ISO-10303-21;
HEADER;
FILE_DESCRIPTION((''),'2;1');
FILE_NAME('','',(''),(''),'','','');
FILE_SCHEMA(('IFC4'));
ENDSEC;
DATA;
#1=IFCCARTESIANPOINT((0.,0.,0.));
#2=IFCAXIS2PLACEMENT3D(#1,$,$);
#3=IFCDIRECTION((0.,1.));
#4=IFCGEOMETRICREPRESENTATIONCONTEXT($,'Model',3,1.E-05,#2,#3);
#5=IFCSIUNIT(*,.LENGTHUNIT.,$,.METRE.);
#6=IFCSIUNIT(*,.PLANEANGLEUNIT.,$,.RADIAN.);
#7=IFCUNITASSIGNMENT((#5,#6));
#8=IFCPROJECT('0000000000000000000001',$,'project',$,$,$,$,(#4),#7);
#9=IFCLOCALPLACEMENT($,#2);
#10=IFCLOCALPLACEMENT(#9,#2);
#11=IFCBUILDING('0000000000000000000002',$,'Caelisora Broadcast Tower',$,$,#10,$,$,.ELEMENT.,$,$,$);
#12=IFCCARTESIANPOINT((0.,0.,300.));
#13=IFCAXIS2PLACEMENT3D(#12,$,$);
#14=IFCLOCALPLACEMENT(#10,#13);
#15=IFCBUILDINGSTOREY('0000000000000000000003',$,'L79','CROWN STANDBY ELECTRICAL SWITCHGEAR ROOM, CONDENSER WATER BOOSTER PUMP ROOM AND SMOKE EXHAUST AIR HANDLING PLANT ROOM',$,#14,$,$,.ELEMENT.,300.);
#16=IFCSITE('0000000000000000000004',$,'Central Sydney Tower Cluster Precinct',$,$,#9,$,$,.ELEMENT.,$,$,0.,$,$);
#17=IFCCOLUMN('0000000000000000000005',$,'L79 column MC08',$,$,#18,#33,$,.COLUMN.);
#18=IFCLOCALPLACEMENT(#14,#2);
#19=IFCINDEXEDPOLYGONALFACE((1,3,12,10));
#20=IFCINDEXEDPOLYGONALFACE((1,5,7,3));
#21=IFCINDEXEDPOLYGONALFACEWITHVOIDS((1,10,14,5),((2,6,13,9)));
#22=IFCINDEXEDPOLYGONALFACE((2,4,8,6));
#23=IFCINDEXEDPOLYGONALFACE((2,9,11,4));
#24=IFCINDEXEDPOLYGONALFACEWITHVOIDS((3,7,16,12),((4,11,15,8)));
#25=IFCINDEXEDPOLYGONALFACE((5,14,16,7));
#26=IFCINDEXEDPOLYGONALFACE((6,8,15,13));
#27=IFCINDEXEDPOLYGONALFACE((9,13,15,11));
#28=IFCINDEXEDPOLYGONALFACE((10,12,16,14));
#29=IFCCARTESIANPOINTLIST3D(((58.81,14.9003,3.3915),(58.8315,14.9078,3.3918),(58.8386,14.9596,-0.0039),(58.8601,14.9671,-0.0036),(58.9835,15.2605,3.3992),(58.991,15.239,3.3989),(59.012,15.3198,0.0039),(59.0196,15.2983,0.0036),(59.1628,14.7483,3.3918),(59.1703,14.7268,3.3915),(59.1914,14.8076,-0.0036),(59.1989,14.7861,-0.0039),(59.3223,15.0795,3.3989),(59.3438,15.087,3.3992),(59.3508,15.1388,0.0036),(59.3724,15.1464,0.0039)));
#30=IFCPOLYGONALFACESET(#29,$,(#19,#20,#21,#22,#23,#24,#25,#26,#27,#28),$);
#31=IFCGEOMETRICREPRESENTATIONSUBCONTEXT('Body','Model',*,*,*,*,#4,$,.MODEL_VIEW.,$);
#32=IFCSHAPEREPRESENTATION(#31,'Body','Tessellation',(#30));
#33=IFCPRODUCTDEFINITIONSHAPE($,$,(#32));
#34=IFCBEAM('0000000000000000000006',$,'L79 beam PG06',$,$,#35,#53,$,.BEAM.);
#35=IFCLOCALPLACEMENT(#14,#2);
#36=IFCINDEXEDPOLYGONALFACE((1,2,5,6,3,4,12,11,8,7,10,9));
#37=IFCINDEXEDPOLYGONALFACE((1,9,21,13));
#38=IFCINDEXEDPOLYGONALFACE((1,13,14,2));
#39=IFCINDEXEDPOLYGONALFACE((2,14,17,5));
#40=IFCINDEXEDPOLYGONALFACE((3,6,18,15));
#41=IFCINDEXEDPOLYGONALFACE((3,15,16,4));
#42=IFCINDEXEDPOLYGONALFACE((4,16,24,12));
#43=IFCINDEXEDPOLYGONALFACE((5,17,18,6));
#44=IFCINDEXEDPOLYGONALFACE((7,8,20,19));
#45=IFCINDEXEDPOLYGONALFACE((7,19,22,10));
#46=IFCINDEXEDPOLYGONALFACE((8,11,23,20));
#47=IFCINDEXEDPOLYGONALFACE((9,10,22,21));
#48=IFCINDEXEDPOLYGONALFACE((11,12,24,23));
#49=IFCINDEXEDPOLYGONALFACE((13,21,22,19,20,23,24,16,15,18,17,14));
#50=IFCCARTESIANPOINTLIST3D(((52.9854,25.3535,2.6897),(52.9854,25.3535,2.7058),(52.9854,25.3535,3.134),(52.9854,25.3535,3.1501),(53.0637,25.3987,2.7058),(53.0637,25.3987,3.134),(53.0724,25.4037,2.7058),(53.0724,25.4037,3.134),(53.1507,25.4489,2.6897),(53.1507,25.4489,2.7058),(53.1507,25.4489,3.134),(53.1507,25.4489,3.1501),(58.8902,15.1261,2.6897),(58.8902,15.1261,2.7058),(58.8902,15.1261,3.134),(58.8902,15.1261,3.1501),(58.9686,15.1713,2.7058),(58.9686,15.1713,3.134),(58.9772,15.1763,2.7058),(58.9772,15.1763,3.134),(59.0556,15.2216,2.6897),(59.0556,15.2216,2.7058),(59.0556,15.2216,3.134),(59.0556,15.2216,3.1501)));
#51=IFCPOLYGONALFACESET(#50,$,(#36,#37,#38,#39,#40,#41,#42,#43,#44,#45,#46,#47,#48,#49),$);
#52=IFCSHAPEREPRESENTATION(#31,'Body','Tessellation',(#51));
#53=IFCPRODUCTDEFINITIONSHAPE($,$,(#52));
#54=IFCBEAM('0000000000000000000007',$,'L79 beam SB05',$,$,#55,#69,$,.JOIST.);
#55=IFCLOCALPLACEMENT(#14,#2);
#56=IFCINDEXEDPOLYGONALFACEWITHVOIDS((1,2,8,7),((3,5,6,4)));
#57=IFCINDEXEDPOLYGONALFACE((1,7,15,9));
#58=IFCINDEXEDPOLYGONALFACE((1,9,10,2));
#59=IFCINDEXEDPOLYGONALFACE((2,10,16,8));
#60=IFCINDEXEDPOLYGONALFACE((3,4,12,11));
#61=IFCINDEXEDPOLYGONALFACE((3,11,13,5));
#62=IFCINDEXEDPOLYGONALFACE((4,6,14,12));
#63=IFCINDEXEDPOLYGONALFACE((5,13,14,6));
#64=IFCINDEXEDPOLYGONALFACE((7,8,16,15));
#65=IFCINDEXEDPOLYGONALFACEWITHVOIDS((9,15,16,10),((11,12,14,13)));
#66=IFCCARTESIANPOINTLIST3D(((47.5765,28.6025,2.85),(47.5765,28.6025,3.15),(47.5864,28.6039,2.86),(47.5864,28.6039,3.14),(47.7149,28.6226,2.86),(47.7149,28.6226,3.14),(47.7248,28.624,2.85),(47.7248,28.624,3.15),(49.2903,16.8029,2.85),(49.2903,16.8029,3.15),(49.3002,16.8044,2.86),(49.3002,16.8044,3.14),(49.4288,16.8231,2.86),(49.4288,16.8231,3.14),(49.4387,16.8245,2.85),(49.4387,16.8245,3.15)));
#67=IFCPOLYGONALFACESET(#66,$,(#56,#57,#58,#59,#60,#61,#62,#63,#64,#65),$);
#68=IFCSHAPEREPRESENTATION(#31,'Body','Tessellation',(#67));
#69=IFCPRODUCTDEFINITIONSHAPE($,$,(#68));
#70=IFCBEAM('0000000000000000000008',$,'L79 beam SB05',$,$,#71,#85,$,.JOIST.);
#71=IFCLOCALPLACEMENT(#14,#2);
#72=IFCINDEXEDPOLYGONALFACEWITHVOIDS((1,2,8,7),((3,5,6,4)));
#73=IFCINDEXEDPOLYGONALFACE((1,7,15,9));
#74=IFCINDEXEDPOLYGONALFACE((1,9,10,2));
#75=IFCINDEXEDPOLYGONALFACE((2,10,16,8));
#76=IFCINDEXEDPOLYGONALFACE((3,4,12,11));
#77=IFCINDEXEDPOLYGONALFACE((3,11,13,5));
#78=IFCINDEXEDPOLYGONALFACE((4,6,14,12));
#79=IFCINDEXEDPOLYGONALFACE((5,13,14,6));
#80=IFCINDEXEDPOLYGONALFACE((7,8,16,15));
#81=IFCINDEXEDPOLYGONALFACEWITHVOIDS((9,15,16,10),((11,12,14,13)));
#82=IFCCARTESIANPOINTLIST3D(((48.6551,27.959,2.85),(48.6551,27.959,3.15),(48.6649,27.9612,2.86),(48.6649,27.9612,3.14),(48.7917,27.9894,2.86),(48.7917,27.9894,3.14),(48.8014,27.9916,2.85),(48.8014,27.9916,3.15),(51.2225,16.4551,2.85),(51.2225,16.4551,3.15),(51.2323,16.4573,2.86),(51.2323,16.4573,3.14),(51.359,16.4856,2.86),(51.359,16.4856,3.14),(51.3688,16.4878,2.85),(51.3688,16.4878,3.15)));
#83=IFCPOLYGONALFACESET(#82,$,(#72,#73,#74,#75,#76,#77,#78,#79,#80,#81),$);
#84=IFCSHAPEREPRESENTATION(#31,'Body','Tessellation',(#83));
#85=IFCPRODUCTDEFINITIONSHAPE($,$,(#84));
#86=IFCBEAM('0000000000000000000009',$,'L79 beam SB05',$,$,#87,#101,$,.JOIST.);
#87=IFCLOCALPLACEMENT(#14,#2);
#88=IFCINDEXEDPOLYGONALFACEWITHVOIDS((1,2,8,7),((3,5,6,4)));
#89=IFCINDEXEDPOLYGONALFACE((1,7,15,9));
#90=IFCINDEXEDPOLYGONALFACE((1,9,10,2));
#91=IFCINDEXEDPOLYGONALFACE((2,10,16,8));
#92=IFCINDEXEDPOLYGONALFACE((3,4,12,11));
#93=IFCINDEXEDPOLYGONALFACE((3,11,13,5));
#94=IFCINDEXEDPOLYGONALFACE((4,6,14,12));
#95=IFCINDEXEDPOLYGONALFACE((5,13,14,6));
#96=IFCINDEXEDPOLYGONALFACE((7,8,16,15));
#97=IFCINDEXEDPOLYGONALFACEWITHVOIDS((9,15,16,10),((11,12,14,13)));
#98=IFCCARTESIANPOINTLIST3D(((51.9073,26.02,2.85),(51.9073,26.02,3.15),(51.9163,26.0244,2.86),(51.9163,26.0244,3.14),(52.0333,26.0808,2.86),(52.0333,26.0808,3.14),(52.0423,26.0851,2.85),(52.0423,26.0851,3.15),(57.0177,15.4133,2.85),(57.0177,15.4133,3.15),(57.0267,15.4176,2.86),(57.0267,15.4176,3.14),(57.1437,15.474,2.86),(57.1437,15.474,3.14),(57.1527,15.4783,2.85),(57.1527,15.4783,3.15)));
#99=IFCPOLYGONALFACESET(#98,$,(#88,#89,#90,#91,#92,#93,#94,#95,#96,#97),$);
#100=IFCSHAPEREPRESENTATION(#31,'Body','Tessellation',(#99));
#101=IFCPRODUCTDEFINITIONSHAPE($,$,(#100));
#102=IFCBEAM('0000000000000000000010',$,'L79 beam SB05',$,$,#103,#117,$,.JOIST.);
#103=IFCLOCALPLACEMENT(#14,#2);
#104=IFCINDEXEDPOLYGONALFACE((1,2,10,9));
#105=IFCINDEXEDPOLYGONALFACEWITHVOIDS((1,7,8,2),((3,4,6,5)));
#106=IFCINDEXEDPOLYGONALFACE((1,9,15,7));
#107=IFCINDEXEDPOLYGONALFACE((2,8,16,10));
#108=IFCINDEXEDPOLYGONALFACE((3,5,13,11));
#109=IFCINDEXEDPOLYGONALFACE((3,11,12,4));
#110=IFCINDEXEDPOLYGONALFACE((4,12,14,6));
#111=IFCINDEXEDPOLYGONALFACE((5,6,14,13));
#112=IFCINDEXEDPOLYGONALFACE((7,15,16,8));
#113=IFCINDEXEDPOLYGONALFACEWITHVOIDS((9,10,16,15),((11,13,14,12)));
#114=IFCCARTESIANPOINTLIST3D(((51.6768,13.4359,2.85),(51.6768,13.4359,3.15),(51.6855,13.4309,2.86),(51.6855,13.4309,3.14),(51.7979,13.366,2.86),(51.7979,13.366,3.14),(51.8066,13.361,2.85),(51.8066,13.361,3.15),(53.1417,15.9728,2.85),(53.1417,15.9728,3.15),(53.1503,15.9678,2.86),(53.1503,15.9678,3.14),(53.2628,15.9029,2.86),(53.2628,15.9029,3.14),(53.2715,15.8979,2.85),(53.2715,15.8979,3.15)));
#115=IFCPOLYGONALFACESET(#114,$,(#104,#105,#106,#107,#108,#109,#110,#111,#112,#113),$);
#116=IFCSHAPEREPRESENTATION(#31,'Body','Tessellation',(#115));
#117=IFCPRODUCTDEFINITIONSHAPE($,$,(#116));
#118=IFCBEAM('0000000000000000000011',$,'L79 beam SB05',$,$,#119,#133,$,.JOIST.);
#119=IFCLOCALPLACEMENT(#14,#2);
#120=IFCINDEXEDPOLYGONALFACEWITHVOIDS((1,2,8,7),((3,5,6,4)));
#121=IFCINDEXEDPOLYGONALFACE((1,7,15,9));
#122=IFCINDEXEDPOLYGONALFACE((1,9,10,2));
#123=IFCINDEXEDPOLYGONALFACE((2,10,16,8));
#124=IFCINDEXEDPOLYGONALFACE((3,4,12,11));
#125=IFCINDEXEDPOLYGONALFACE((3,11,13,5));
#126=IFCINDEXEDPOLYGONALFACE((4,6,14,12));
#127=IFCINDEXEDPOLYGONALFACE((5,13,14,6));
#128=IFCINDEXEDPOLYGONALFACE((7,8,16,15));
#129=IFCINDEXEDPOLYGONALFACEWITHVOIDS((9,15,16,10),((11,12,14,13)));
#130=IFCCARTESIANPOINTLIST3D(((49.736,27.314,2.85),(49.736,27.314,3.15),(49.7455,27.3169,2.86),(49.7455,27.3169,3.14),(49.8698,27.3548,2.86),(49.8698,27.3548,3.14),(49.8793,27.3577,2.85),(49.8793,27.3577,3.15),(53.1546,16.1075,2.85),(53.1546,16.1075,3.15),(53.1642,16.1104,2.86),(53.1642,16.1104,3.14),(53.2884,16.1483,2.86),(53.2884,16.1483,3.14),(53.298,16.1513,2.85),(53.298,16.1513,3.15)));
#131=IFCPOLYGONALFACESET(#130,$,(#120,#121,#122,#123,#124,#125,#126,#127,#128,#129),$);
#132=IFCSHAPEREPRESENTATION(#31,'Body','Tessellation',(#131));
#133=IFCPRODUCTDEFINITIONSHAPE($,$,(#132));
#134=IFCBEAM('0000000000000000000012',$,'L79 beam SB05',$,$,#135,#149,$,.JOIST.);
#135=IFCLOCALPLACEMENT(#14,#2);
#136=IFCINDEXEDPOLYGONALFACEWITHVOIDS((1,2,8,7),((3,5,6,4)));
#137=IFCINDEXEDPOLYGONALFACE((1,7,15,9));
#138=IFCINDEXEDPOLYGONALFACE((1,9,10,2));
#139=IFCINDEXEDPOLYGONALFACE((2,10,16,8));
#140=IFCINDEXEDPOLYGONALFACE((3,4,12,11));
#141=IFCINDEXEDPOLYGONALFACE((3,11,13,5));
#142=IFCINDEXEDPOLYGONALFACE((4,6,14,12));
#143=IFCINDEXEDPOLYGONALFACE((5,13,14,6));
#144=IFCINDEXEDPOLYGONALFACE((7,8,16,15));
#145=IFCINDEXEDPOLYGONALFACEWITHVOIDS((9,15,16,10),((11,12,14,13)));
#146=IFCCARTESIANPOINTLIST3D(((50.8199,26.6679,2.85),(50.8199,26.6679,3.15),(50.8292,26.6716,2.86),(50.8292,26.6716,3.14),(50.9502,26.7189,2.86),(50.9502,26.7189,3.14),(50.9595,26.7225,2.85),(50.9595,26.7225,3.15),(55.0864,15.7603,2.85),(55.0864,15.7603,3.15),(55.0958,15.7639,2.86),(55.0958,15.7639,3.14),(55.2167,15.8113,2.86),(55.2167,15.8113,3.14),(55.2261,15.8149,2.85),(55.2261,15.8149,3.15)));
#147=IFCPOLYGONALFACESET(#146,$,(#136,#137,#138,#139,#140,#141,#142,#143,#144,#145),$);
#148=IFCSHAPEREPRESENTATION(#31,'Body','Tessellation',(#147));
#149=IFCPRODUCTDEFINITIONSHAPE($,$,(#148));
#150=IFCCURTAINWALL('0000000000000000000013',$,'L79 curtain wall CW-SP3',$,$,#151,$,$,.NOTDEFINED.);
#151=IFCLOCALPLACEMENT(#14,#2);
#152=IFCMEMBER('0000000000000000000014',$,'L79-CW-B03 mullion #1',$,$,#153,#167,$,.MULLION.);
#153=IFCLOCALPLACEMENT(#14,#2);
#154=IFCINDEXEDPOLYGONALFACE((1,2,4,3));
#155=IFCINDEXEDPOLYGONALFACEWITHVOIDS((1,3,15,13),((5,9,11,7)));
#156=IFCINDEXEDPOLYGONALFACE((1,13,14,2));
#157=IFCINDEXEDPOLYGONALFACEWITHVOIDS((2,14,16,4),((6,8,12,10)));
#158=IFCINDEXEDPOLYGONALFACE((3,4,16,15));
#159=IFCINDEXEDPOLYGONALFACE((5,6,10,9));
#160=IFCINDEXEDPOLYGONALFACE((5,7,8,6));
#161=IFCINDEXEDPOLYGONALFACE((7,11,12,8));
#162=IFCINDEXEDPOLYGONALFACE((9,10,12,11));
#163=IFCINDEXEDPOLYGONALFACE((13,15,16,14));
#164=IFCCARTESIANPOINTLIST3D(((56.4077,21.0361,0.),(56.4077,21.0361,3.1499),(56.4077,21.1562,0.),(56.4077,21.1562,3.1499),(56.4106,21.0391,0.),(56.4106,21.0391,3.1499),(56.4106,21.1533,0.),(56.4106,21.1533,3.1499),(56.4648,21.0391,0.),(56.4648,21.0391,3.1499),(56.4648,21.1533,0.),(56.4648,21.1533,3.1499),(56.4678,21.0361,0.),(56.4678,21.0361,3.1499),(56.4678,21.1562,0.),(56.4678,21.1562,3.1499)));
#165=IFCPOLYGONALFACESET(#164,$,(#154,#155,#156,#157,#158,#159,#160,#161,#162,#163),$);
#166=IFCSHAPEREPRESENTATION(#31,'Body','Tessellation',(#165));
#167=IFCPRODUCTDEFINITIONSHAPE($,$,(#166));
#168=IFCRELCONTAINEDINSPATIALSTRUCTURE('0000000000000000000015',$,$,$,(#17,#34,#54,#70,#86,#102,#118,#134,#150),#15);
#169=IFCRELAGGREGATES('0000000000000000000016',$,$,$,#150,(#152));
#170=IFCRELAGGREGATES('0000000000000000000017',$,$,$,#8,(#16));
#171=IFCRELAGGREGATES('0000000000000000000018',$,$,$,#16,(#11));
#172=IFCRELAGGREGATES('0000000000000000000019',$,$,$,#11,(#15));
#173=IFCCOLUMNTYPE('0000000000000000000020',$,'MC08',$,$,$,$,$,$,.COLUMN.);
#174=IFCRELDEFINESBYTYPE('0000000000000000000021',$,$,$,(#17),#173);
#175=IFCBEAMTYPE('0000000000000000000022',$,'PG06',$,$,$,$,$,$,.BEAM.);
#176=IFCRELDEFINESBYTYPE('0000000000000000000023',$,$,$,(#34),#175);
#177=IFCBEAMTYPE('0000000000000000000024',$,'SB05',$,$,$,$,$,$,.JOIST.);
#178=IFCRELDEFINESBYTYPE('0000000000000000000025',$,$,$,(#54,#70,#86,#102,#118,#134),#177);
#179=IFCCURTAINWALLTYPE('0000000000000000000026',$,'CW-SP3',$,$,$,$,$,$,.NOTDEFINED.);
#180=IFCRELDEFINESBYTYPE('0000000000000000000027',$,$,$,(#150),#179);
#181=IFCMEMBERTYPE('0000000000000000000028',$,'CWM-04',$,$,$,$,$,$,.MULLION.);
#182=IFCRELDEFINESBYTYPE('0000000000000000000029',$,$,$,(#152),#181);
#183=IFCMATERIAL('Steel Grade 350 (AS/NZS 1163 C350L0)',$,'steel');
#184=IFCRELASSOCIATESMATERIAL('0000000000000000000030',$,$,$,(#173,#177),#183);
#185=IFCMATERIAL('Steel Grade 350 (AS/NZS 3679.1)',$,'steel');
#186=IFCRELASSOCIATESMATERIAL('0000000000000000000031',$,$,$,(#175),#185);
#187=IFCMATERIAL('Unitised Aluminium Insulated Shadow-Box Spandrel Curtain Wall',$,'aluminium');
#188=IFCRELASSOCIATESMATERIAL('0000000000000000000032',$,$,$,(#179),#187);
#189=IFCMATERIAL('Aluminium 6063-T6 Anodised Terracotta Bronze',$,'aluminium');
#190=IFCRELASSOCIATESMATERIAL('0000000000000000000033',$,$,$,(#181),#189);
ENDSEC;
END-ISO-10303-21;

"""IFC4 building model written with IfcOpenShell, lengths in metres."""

from ifc_helpers import new_model, si_unit, direction, frame, origin, origin_2d, place, context, subcontext, project, spatial, hollow_rectangle, i_section, extrude, source, transform, mapped, material, material_profile, profile_set, type_object, type_shapes, element, aggregate, save


model = new_model("IFC4")

# Units and contexts
model_context = context("Model", 3, precision=1e-05, world=origin(), true_north=direction((0.0, 1.0)))
body_context = subcontext(model_context, "Body", "Model", "MODEL_VIEW")
ifc_project = project(units=[si_unit("LENGTHUNIT", "METRE"), si_unit("PLANEANGLEUNIT", "RADIAN")], contexts=[model_context])

# Site, building, storey
site_placement = place(None, origin())
site = spatial("IfcSite", under=ifc_project, at=site_placement, Name="Central Sydney Tower Cluster Precinct", CompositionType="ELEMENT", RefElevation=0.0)
building_placement = place(site_placement, origin())
building = spatial("IfcBuilding", under=site, at=building_placement, Name="Caelisora Broadcast Tower", CompositionType="ELEMENT")
storey_placement = place(building_placement, frame((0.0, 0.0, 300.0)))
storey = spatial("IfcBuildingStorey", under=building, at=storey_placement, Name="L79", Description="CROWN STANDBY ELECTRICAL SWITCHGEAR ROOM, CONDENSER WATER BOOSTER PUMP ROOM AND SMOKE EXHAUST AIR HANDLING PLANT ROOM", CompositionType="ELEMENT", Elevation=300.0)

# Column
ifc_material_1 = material(Name="Steel Grade 350 (AS/NZS 1163 C350L0)", Category="steel")
ifc_material_profile_1 = material_profile(ifc_material_1, hollow_rectangle(XDim=0.3999, YDim=0.3999, WallThickness=0.0161, at=origin_2d()), Name="Steel Grade 350 (AS/NZS 1163 C350L0)")
ifc_profile_set_1 = profile_set([ifc_material_profile_1], Name="Steel Grade 350 (AS/NZS 1163 C350L0)")
column_type = type_object("IfcColumnType", Name="MC08", PredefinedType="COLUMN", material=ifc_profile_set_1)
shared_shape_1 = source(origin(), body_context, "Body", "SweptSolid", [
    extrude(hollow_rectangle(XDim=0.3999, YDim=0.3999, WallThickness=0.0161, at=origin_2d()), origin(), (0.0, 0.0, 1.0), 3.396),
])
type_shapes(column_type, [shared_shape_1])
column_placement = place(storey_placement, frame((59.1055, 15.053, 0.0), z_axis=(-0.008411, -0.01747, 0.999812), x_axis=(0.901002, -0.433816, 0.0)))
element("IfcColumn", 1, at=column_placement, inside=storey, type_object=column_type, Name="L79 column MC08", PredefinedType="COLUMN", context=body_context, shape_type="MappedRepresentation", body=[
    mapped(shared_shape_1, transform((0.0, 0.0, 0.0), scale=1.0)),
])

# Beams
ifc_material_2 = material(Name="Steel Grade 350 (AS/NZS 3679.1)", Category="steel")
ifc_material_profile_2 = material_profile(ifc_material_2, i_section(OverallWidth=0.1909, OverallDepth=0.4604, WebThickness=0.01, FlangeThickness=0.0161, at=origin_2d()), Name="Steel Grade 350 (AS/NZS 3679.1)")
ifc_profile_set_2 = profile_set([ifc_material_profile_2], Name="Steel Grade 350 (AS/NZS 3679.1)")
beam_type_1 = type_object("IfcBeamType", Name="PG06", PredefinedType="BEAM", material=ifc_profile_set_2)
shared_shape_2 = source(origin(), body_context, "Body", "SweptSolid", [
    extrude(i_section(OverallWidth=0.1909, OverallDepth=0.4604, WebThickness=0.01, FlangeThickness=0.0161, at=origin_2d()), origin(), (0.0, 0.0, 1.0), 11.8096),
])
type_shapes(beam_type_1, [shared_shape_2])
beam_1_placement = place(storey_placement, frame((58.9729, 15.1738, 2.9199), z_axis=(-0.500003, 0.866023, 0.0), x_axis=(-0.866023, -0.500003, 0.0)))
element("IfcBeam", 2, at=beam_1_placement, inside=storey, type_object=beam_type_1, Name="L79 beam PG06", PredefinedType="BEAM", context=body_context, shape_type="MappedRepresentation", body=[
    mapped(shared_shape_2, transform((0.0, 0.0, 0.0), scale=1.0)),
])
ifc_material_profile_3 = material_profile(ifc_material_1, hollow_rectangle(XDim=0.1499, YDim=0.3, WallThickness=0.01, at=origin_2d()), Name="Steel Grade 350 (AS/NZS 1163 C350L0)")
ifc_profile_set_3 = profile_set([ifc_material_profile_3], Name="Steel Grade 350 (AS/NZS 1163 C350L0)")
beam_type_2 = type_object("IfcBeamType", Name="SB05", PredefinedType="JOIST", material=ifc_profile_set_3)
shared_shape_3 = source(origin(), body_context, "Body", "SweptSolid", [
    extrude(hollow_rectangle(XDim=0.1499, YDim=0.3, WallThickness=0.01, at=origin_2d()), origin(), (0.0, 0.0, 1.0), 11.9233),
])
beam_2_placement = place(storey_placement, frame((49.3645, 16.8137, 3.0), z_axis=(-0.14374, 0.989615, 0.0), x_axis=(-0.989615, -0.14374, 0.0)))
element("IfcBeam", 3, at=beam_2_placement, inside=storey, type_object=beam_type_2, Name="L79 beam SB05", PredefinedType="JOIST", context=body_context, shape_type="MappedRepresentation", body=[
    mapped(shared_shape_3, transform((0.0, 0.0, 0.0), scale=1.0)),
])
shared_shape_4 = source(origin(), body_context, "Body", "SweptSolid", [
    extrude(hollow_rectangle(XDim=0.1499, YDim=0.3, WallThickness=0.01, at=origin_2d()), origin(), (0.0, 0.0, 1.0), 11.7869),
])
beam_3_placement = place(storey_placement, frame((51.2957, 16.4714, 3.0), z_axis=(-0.217816, 0.97599, 0.0), x_axis=(-0.97599, -0.217816, 0.0)))
element("IfcBeam", 4, at=beam_3_placement, inside=storey, type_object=beam_type_2, Name="L79 beam SB05", PredefinedType="JOIST", context=body_context, shape_type="MappedRepresentation", body=[
    mapped(shared_shape_4, transform((0.0, 0.0, 0.0), scale=1.0)),
])
shared_shape_5 = source(origin(), body_context, "Body", "SweptSolid", [
    extrude(hollow_rectangle(XDim=0.1499, YDim=0.3, WallThickness=0.01, at=origin_2d()), origin(), (0.0, 0.0, 1.0), 11.7737),
])
beam_4_placement = place(storey_placement, frame((57.0852, 15.4458, 3.0), z_axis=(-0.434052, 0.900888, 0.0), x_axis=(-0.900888, -0.434052, 0.0)))
element("IfcBeam", 5, at=beam_4_placement, inside=storey, type_object=beam_type_2, Name="L79 beam SB05", PredefinedType="JOIST", context=body_context, shape_type="MappedRepresentation", body=[
    mapped(shared_shape_5, transform((0.0, 0.0, 0.0), scale=1.0)),
])
shared_shape_6 = source(origin(), body_context, "Body", "SweptSolid", [
    extrude(hollow_rectangle(XDim=0.1499, YDim=0.3, WallThickness=0.01, at=origin_2d()), origin(), (0.0, 0.0, 1.0), 2.9294),
])
beam_5_placement = place(storey_placement, frame((51.7417, 13.3984, 3.0), z_axis=(0.500047, 0.865998, 0.0), x_axis=(-0.865998, 0.500047, 0.0)))
element("IfcBeam", 6, at=beam_5_placement, inside=storey, type_object=beam_type_2, Name="L79 beam SB05", PredefinedType="JOIST", context=body_context, shape_type="MappedRepresentation", body=[
    mapped(shared_shape_6, transform((0.0, 0.0, 0.0), scale=1.0)),
])
shared_shape_7 = source(origin(), body_context, "Body", "SweptSolid", [
    extrude(hollow_rectangle(XDim=0.1499, YDim=0.3, WallThickness=0.01, at=origin_2d()), origin(), (0.0, 0.0, 1.0), 11.7163),
])
beam_6_placement = place(storey_placement, frame((53.2263, 16.1294, 3.0), z_axis=(-0.291788, 0.956483, 0.0), x_axis=(-0.956483, -0.291788, 0.0)))
element("IfcBeam", 7, at=beam_6_placement, inside=storey, type_object=beam_type_2, Name="L79 beam SB05", PredefinedType="JOIST", context=body_context, shape_type="MappedRepresentation", body=[
    mapped(shared_shape_7, transform((0.0, 0.0, 0.0), scale=1.0)),
])
shared_shape_8 = source(origin(), body_context, "Body", "SweptSolid", [
    extrude(hollow_rectangle(XDim=0.1499, YDim=0.3, WallThickness=0.01, at=origin_2d()), origin(), (0.0, 0.0, 1.0), 11.7124),
])
type_shapes(beam_type_2, [shared_shape_3, shared_shape_4, shared_shape_5, shared_shape_6, shared_shape_7, shared_shape_8])
beam_7_placement = place(storey_placement, frame((55.1562, 15.7876, 3.0), z_axis=(-0.364278, 0.93129, 0.0), x_axis=(-0.93129, -0.364278, 0.0)))
element("IfcBeam", 8, at=beam_7_placement, inside=storey, type_object=beam_type_2, Name="L79 beam SB05", PredefinedType="JOIST", context=body_context, shape_type="MappedRepresentation", body=[
    mapped(shared_shape_8, transform((0.0, 0.0, 0.0), scale=1.0)),
])

# Curtain wall, member
ifc_material_3 = material(Name="Unitised Aluminium Insulated Shadow-Box Spandrel Curtain Wall", Category="aluminium")
curtain_wall_type = type_object("IfcCurtainWallType", Name="CW-SP3", PredefinedType="NOTDEFINED", material=ifc_material_3)
curtain_wall_placement = place(storey_placement, origin())
curtain_wall = element("IfcCurtainWall", 9, at=curtain_wall_placement, inside=storey, type_object=curtain_wall_type, Name="L79 curtain wall CW-SP3", PredefinedType="NOTDEFINED")
ifc_material_4 = material(Name="Aluminium 6063-T6 Anodised Terracotta Bronze", Category="aluminium")
ifc_material_profile_4 = material_profile(ifc_material_4, hollow_rectangle(XDim=0.0601, YDim=0.1201, WallThickness=0.0029, at=origin_2d()), Name="Aluminium 6063-T6 Anodised Terracotta Bronze")
ifc_profile_set_4 = profile_set([ifc_material_profile_4], Name="Aluminium 6063-T6 Anodised Terracotta Bronze")
member_type = type_object("IfcMemberType", Name="CWM-04", PredefinedType="MULLION", material=ifc_profile_set_4)
shared_shape_9 = source(origin(), body_context, "Body", "SweptSolid", [
    extrude(hollow_rectangle(XDim=0.0601, YDim=0.1201, WallThickness=0.0029, at=origin_2d()), origin(), (0.0, 0.0, 1.0), 3.1499),
])
type_shapes(member_type, [shared_shape_9])
member_1_placement = place(storey_placement, frame((56.4377, 21.0962, 0.0), z_axis=(0.0, 0.0, 1.0), x_axis=(1.0, 0.0, 0.0)))
member_1 = element("IfcMember", 10, at=member_1_placement, type_object=member_type, Name="L79-CW-B03 mullion #1", PredefinedType="MULLION", context=body_context, shape_type="MappedRepresentation", body=[
    mapped(shared_shape_9, transform((0.0, 0.0, 0.0), scale=1.0)),
])

aggregate(curtain_wall, [member_1])

save(model, "model.ifc")
